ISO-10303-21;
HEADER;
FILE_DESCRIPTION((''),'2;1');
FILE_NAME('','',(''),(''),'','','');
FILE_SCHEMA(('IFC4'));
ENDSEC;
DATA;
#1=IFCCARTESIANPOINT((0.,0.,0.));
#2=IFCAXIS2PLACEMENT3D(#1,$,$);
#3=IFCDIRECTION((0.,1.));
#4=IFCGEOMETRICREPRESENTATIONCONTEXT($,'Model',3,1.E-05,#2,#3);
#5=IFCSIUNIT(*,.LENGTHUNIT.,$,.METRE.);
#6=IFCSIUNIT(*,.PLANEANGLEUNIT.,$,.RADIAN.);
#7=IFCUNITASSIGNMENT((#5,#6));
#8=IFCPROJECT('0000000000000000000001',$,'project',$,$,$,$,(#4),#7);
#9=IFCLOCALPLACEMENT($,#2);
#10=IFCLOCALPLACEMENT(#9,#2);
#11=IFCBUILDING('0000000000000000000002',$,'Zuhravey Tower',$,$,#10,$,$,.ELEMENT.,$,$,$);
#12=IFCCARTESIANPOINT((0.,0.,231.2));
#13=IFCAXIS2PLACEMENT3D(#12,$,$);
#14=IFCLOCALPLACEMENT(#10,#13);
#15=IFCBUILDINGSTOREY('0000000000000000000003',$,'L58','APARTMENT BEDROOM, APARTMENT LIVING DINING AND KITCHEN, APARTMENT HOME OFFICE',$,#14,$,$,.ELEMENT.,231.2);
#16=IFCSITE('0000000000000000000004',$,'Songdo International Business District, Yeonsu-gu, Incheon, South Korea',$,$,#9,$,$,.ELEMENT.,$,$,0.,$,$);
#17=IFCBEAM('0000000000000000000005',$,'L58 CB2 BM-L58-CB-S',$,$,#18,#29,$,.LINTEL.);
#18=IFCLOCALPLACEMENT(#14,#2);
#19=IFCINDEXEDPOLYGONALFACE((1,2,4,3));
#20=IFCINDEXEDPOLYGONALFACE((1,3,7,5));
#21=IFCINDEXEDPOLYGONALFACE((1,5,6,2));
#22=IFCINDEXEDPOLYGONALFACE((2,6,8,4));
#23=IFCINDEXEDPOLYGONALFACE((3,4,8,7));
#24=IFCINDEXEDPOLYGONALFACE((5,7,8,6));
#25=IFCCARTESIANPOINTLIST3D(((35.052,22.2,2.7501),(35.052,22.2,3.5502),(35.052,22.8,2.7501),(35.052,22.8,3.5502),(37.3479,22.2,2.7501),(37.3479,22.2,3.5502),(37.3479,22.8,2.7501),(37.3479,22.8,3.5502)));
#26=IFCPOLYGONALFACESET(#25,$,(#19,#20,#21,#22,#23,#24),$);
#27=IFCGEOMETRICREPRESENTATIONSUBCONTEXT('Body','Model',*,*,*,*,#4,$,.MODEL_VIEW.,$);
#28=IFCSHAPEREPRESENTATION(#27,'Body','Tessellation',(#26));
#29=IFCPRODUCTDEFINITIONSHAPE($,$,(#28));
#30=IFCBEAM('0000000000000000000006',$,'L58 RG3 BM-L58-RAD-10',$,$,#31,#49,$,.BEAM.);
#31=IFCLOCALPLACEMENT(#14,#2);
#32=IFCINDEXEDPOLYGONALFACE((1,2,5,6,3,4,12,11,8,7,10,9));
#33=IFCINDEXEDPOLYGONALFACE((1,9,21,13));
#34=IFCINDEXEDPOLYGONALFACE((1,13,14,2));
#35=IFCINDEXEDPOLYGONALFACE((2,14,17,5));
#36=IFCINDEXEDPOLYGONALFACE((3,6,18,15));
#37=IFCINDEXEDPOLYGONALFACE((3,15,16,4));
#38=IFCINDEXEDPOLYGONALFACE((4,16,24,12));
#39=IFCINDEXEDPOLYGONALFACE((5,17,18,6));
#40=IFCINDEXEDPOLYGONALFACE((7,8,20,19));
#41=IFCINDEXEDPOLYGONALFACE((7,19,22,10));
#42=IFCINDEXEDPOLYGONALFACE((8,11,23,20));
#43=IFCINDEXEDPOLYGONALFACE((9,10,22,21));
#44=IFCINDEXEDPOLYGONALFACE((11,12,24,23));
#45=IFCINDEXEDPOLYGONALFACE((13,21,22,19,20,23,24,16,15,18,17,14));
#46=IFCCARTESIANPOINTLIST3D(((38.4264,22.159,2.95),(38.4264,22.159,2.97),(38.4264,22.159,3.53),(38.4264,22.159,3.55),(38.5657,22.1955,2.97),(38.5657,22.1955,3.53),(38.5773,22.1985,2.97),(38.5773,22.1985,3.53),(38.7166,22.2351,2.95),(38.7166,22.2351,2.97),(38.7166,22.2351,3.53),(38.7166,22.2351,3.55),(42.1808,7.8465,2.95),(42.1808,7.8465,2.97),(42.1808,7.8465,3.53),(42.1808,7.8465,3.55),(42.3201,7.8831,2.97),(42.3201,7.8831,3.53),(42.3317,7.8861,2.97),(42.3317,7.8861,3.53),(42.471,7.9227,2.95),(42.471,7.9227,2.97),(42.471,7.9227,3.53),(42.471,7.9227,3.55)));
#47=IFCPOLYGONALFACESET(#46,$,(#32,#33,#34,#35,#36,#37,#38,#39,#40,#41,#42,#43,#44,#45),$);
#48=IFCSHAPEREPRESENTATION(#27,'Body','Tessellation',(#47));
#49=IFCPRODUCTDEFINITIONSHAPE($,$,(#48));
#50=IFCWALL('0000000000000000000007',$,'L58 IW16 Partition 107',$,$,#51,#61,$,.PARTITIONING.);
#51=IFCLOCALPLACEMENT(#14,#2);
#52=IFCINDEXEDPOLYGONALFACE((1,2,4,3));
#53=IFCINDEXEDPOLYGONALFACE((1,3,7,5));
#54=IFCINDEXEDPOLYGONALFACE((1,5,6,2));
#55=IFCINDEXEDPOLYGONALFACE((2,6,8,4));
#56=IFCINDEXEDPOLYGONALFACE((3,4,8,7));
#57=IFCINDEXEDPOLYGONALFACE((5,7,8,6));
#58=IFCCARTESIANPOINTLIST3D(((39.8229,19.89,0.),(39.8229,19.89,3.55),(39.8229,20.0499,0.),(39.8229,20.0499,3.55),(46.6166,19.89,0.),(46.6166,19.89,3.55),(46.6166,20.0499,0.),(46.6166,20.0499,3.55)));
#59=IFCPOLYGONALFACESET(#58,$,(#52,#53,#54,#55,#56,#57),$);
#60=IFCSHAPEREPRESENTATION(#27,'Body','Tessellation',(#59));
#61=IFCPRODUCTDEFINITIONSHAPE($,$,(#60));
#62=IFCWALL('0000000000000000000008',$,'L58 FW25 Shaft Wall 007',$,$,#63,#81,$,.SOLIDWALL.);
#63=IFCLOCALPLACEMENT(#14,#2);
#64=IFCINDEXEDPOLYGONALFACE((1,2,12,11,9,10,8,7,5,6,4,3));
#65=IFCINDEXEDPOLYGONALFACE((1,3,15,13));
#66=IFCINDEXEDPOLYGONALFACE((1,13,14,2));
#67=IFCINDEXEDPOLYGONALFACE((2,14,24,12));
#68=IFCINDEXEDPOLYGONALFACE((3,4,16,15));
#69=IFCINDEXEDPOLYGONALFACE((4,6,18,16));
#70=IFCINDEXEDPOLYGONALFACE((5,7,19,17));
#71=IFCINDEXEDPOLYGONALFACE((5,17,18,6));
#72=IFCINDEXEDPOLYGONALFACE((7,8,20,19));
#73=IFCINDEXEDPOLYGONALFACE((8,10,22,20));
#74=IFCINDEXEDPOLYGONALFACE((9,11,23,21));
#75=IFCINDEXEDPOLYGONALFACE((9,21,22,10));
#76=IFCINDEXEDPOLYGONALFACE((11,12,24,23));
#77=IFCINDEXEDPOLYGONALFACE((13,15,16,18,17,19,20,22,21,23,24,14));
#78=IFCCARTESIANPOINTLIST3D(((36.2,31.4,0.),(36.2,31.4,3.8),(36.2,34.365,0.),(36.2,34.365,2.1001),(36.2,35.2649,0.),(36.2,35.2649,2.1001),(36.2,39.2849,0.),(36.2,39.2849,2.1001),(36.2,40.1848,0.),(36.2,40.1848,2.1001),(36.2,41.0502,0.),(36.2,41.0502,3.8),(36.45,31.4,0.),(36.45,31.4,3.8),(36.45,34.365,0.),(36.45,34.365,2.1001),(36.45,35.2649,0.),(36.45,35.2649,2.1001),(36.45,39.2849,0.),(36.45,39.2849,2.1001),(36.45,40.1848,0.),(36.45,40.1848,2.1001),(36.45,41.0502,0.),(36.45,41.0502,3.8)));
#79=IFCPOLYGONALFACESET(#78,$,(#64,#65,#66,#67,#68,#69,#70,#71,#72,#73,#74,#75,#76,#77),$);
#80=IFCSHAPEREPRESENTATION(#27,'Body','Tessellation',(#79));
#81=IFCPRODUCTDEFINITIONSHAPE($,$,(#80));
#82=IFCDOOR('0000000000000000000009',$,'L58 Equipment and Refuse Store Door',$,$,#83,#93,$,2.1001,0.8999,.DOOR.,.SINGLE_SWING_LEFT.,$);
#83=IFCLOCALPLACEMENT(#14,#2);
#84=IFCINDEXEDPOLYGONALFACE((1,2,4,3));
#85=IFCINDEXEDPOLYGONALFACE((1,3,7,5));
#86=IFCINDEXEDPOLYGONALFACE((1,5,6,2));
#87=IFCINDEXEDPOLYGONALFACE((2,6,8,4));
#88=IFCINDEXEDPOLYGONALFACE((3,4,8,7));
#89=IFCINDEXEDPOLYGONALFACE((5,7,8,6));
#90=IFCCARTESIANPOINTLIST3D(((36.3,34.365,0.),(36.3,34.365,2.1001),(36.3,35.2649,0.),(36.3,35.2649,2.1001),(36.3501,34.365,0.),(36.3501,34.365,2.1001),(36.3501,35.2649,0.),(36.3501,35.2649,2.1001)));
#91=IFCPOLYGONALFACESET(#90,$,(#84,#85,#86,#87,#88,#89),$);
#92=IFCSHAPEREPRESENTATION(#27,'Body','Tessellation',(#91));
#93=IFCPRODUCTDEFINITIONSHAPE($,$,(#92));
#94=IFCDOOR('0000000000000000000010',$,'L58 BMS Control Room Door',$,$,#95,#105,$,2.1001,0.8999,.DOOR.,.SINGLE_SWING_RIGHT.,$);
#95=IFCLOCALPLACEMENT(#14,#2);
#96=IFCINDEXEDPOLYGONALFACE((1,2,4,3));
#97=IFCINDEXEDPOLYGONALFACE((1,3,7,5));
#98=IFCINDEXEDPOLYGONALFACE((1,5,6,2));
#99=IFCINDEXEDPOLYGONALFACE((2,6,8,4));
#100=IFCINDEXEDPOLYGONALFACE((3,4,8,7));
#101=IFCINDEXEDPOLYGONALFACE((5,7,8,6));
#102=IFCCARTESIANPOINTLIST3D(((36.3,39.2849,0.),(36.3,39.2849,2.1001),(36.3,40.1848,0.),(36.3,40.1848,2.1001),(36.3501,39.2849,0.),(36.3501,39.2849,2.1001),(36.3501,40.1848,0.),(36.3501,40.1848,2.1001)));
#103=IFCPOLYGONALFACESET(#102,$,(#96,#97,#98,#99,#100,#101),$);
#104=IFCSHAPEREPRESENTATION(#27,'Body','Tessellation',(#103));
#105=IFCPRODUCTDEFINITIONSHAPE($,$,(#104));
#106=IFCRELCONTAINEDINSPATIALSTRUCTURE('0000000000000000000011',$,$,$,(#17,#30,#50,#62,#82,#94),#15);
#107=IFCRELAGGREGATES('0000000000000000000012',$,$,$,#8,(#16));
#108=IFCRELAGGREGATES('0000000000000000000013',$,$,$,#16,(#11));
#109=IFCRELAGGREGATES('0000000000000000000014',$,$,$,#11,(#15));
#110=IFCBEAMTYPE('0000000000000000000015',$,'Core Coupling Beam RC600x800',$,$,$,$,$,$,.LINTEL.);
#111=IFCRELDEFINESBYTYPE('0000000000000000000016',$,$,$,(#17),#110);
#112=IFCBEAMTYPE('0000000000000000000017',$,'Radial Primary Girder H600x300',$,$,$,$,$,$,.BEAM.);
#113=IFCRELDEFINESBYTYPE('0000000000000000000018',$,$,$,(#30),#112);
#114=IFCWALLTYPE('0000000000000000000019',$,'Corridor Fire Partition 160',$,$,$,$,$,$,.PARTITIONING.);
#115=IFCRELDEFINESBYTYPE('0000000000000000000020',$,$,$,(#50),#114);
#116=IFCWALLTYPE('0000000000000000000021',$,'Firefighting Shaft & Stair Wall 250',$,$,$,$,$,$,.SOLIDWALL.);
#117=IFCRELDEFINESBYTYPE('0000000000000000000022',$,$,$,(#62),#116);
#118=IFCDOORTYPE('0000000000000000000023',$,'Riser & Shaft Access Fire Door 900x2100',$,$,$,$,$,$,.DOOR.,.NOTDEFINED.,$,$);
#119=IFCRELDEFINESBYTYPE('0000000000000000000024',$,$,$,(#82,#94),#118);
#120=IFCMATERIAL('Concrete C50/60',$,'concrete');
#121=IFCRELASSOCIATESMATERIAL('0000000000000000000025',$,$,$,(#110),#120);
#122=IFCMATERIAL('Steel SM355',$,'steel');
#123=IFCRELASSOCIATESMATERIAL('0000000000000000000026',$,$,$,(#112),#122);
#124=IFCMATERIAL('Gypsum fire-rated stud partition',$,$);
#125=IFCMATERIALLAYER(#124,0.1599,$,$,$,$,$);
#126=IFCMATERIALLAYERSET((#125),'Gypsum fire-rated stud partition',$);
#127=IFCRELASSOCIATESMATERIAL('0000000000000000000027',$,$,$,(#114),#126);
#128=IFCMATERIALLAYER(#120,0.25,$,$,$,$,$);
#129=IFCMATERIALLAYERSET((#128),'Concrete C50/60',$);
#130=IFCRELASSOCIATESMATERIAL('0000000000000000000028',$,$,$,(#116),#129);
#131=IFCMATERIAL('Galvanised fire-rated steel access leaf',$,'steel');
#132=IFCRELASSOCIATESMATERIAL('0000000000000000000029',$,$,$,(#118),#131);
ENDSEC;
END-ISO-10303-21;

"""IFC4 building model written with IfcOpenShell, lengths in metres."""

from ifc_helpers import new_model, si_unit, direction, frame, frame_2d, origin, origin_2d, place, context, subcontext, project, spatial, rectangle, i_section, extrude, material, layer, layer_set, material_profile, profile_set, type_object, element, fill, save


model = new_model("IFC4")

# Units and contexts
model_context = context("Model", 3, precision=1e-05, world=origin(), true_north=direction((0.0, 1.0)))
body_context = subcontext(model_context, "Body", "Model", "MODEL_VIEW")
ifc_project = project(units=[si_unit("LENGTHUNIT", "METRE"), si_unit("PLANEANGLEUNIT", "RADIAN")], contexts=[model_context])

# Site, building, storey
site_placement = place(None, origin())
site = spatial("IfcSite", under=ifc_project, at=site_placement, Name="Songdo International Business District, Yeonsu-gu, Incheon, South Korea", CompositionType="ELEMENT", RefElevation=0.0)
building_placement = place(site_placement, origin())
building = spatial("IfcBuilding", under=site, at=building_placement, Name="Zuhravey Tower", CompositionType="ELEMENT")
storey_placement = place(building_placement, frame((0.0, 0.0, 231.2)))
storey = spatial("IfcBuildingStorey", under=building, at=storey_placement, Name="L58", Description="APARTMENT BEDROOM, APARTMENT LIVING DINING AND KITCHEN, APARTMENT HOME OFFICE", CompositionType="ELEMENT", Elevation=231.2)

# Beams
ifc_material_1 = material(Name="Concrete C50/60", Category="concrete")
ifc_material_profile_1 = material_profile(ifc_material_1, rectangle(XDim=0.6001, YDim=0.8, at=origin_2d()), Name="RC-600x800")
ifc_profile_set_1 = profile_set([ifc_material_profile_1], Name="Concrete C50/60")
beam_type_1 = type_object("IfcBeamType", Name="Core Coupling Beam RC600x800", PredefinedType="LINTEL", material=ifc_profile_set_1)
beam_1_placement = place(storey_placement, frame((35.052, 22.5, 3.1501), z_axis=(1.0, 0.0, 0.0), x_axis=(0.0, 1.0, 0.0)))
element("IfcBeam", 1, at=beam_1_placement, inside=storey, type_object=beam_type_1, Name="L58 CB2 BM-L58-CB-S", PredefinedType="LINTEL", context=body_context, shape_type="SweptSolid", body=[
    extrude(rectangle(XDim=0.6001, YDim=0.8, at=origin_2d()), origin(), (0.0, 0.0, 1.0), 2.2959),
])
ifc_material_2 = material(Name="Steel SM355", Category="steel")
ifc_material_profile_2 = material_profile(ifc_material_2, i_section(OverallWidth=0.3, OverallDepth=0.6001, WebThickness=0.012, FlangeThickness=0.02, at=origin_2d()), Name="H-600x300x12x20")
ifc_profile_set_2 = profile_set([ifc_material_profile_2], Name="Steel SM355")
beam_type_2 = type_object("IfcBeamType", Name="Radial Primary Girder H600x300", PredefinedType="BEAM", material=ifc_profile_set_2)
beam_2_placement = place(storey_placement, frame((38.5715, 22.197, 3.25), z_axis=(0.253731, -0.967275, 0.0), x_axis=(0.967275, 0.253731, 0.0)))
element("IfcBeam", 2, at=beam_2_placement, inside=storey, type_object=beam_type_2, Name="L58 RG3 BM-L58-RAD-10", PredefinedType="BEAM", context=body_context, shape_type="SweptSolid", body=[
    extrude(i_section(OverallWidth=0.3, OverallDepth=0.6001, WebThickness=0.012, FlangeThickness=0.02, at=origin_2d()), origin(), (0.0, 0.0, 1.0), 14.7966),
])

# Wall
ifc_material_3 = material(Name="Gypsum fire-rated stud partition")
ifc_layer_1 = layer(ifc_material_3, 0.1599)
ifc_layer_set_1 = layer_set([ifc_layer_1], Name="Gypsum fire-rated stud partition")
wall_type_1 = type_object("IfcWallType", Name="Corridor Fire Partition 160", PredefinedType="PARTITIONING", material=ifc_layer_set_1)
wall_1_placement = place(storey_placement, frame((39.8228, 19.97, 0.0), z_axis=(0.0, 0.0, 1.0), x_axis=(1.0, 0.0, 0.0)))
element("IfcWall", 3, at=wall_1_placement, inside=storey, type_object=wall_type_1, Name="L58 IW16 Partition 107", PredefinedType="PARTITIONING", context=body_context, shape_type="SweptSolid", body=[
    extrude(rectangle(XDim=6.7937, YDim=0.1599, at=frame_2d((3.397, 0.0))), origin(), (0.0, 0.0, 1.0), 3.55),
])

# Shared definitions
ifc_layer_2 = layer(ifc_material_1, 0.25)
ifc_layer_set_2 = layer_set([ifc_layer_2], Name="Concrete C50/60")
wall_type_2 = type_object("IfcWallType", Name="Firefighting Shaft & Stair Wall 250", PredefinedType="SOLIDWALL", material=ifc_layer_set_2)

# Wall, openings, doors
wall_2_placement = place(storey_placement, frame((36.325, 31.3999, 0.0), z_axis=(0.0, 0.0, 1.0), x_axis=(0.0, 1.0, 0.0)))
wall_2 = element("IfcWall", 4, at=wall_2_placement, inside=storey, type_object=wall_type_2, Name="L58 FW25 Shaft Wall 007", PredefinedType="SOLIDWALL", context=body_context, shape_type="SweptSolid", body=[
    extrude(rectangle(XDim=9.6501, YDim=0.25, at=frame_2d((4.8252, 0.0))), origin(), (0.0, 0.0, 1.0), 3.8),
])
opening_1_placement = place(wall_2_placement, frame((2.9651, 0.0, 0.0)))
opening_1 = element("IfcOpeningElement", 5, at=opening_1_placement, cuts=wall_2, PredefinedType="OPENING", context=body_context, shape_type="SweptSolid", body=[
    extrude(rectangle(XDim=0.8999, YDim=2.1001, at=frame_2d((0.45, 1.05))), frame((0.0, 0.137, 0.0), z_axis=(0.0, -1.0, 0.0), x_axis=(1.0, 0.0, 0.0)), (0.0, 0.0, 1.0), 0.2739),
])
opening_2_placement = place(wall_2_placement, frame((7.885, 0.0, 0.0)))
opening_2 = element("IfcOpeningElement", 6, at=opening_2_placement, cuts=wall_2, PredefinedType="OPENING", context=body_context, shape_type="SweptSolid", body=[
    extrude(rectangle(XDim=0.8999, YDim=2.1001, at=frame_2d((0.45, 1.05))), frame((0.0, 0.137, 0.0), z_axis=(0.0, -1.0, 0.0), x_axis=(1.0, 0.0, 0.0)), (0.0, 0.0, 1.0), 0.2739),
])
ifc_material_4 = material(Name="Galvanised fire-rated steel access leaf", Category="steel")
door_type_1 = type_object("IfcDoorType", Name="Riser & Shaft Access Fire Door 900x2100", OperationType="NOTDEFINED", PredefinedType="DOOR", material=ifc_material_4)
door_1_placement = place(opening_1_placement, origin())
door_1 = element("IfcDoor", 7, at=door_1_placement, inside=storey, type_object=door_type_1, Name="L58 Equipment and Refuse Store Door", OperationType="SINGLE_SWING_LEFT", OverallHeight=2.1001, OverallWidth=0.8999, PredefinedType="DOOR", context=body_context, shape_type="SweptSolid", body=[
    extrude(rectangle(XDim=0.8999, YDim=2.1001, at=frame_2d((0.45, 1.05))), frame((0.0, 0.0249, 0.0), z_axis=(0.0, -1.0, 0.0), x_axis=(1.0, 0.0, 0.0)), (0.0, 0.0, 1.0), 0.05),
])
fill(opening_1, door_1)
door_2_placement = place(opening_2_placement, origin())
door_2 = element("IfcDoor", 8, at=door_2_placement, inside=storey, type_object=door_type_1, Name="L58 BMS Control Room Door", OperationType="SINGLE_SWING_RIGHT", OverallHeight=2.1001, OverallWidth=0.8999, PredefinedType="DOOR", context=body_context, shape_type="SweptSolid", body=[
    extrude(rectangle(XDim=0.8999, YDim=2.1001, at=frame_2d((0.45, 1.05))), frame((0.0, 0.0249, 0.0), z_axis=(0.0, -1.0, 0.0), x_axis=(1.0, 0.0, 0.0)), (0.0, 0.0, 1.0), 0.05),
])
fill(opening_2, door_2)

save(model, "model.ifc")
